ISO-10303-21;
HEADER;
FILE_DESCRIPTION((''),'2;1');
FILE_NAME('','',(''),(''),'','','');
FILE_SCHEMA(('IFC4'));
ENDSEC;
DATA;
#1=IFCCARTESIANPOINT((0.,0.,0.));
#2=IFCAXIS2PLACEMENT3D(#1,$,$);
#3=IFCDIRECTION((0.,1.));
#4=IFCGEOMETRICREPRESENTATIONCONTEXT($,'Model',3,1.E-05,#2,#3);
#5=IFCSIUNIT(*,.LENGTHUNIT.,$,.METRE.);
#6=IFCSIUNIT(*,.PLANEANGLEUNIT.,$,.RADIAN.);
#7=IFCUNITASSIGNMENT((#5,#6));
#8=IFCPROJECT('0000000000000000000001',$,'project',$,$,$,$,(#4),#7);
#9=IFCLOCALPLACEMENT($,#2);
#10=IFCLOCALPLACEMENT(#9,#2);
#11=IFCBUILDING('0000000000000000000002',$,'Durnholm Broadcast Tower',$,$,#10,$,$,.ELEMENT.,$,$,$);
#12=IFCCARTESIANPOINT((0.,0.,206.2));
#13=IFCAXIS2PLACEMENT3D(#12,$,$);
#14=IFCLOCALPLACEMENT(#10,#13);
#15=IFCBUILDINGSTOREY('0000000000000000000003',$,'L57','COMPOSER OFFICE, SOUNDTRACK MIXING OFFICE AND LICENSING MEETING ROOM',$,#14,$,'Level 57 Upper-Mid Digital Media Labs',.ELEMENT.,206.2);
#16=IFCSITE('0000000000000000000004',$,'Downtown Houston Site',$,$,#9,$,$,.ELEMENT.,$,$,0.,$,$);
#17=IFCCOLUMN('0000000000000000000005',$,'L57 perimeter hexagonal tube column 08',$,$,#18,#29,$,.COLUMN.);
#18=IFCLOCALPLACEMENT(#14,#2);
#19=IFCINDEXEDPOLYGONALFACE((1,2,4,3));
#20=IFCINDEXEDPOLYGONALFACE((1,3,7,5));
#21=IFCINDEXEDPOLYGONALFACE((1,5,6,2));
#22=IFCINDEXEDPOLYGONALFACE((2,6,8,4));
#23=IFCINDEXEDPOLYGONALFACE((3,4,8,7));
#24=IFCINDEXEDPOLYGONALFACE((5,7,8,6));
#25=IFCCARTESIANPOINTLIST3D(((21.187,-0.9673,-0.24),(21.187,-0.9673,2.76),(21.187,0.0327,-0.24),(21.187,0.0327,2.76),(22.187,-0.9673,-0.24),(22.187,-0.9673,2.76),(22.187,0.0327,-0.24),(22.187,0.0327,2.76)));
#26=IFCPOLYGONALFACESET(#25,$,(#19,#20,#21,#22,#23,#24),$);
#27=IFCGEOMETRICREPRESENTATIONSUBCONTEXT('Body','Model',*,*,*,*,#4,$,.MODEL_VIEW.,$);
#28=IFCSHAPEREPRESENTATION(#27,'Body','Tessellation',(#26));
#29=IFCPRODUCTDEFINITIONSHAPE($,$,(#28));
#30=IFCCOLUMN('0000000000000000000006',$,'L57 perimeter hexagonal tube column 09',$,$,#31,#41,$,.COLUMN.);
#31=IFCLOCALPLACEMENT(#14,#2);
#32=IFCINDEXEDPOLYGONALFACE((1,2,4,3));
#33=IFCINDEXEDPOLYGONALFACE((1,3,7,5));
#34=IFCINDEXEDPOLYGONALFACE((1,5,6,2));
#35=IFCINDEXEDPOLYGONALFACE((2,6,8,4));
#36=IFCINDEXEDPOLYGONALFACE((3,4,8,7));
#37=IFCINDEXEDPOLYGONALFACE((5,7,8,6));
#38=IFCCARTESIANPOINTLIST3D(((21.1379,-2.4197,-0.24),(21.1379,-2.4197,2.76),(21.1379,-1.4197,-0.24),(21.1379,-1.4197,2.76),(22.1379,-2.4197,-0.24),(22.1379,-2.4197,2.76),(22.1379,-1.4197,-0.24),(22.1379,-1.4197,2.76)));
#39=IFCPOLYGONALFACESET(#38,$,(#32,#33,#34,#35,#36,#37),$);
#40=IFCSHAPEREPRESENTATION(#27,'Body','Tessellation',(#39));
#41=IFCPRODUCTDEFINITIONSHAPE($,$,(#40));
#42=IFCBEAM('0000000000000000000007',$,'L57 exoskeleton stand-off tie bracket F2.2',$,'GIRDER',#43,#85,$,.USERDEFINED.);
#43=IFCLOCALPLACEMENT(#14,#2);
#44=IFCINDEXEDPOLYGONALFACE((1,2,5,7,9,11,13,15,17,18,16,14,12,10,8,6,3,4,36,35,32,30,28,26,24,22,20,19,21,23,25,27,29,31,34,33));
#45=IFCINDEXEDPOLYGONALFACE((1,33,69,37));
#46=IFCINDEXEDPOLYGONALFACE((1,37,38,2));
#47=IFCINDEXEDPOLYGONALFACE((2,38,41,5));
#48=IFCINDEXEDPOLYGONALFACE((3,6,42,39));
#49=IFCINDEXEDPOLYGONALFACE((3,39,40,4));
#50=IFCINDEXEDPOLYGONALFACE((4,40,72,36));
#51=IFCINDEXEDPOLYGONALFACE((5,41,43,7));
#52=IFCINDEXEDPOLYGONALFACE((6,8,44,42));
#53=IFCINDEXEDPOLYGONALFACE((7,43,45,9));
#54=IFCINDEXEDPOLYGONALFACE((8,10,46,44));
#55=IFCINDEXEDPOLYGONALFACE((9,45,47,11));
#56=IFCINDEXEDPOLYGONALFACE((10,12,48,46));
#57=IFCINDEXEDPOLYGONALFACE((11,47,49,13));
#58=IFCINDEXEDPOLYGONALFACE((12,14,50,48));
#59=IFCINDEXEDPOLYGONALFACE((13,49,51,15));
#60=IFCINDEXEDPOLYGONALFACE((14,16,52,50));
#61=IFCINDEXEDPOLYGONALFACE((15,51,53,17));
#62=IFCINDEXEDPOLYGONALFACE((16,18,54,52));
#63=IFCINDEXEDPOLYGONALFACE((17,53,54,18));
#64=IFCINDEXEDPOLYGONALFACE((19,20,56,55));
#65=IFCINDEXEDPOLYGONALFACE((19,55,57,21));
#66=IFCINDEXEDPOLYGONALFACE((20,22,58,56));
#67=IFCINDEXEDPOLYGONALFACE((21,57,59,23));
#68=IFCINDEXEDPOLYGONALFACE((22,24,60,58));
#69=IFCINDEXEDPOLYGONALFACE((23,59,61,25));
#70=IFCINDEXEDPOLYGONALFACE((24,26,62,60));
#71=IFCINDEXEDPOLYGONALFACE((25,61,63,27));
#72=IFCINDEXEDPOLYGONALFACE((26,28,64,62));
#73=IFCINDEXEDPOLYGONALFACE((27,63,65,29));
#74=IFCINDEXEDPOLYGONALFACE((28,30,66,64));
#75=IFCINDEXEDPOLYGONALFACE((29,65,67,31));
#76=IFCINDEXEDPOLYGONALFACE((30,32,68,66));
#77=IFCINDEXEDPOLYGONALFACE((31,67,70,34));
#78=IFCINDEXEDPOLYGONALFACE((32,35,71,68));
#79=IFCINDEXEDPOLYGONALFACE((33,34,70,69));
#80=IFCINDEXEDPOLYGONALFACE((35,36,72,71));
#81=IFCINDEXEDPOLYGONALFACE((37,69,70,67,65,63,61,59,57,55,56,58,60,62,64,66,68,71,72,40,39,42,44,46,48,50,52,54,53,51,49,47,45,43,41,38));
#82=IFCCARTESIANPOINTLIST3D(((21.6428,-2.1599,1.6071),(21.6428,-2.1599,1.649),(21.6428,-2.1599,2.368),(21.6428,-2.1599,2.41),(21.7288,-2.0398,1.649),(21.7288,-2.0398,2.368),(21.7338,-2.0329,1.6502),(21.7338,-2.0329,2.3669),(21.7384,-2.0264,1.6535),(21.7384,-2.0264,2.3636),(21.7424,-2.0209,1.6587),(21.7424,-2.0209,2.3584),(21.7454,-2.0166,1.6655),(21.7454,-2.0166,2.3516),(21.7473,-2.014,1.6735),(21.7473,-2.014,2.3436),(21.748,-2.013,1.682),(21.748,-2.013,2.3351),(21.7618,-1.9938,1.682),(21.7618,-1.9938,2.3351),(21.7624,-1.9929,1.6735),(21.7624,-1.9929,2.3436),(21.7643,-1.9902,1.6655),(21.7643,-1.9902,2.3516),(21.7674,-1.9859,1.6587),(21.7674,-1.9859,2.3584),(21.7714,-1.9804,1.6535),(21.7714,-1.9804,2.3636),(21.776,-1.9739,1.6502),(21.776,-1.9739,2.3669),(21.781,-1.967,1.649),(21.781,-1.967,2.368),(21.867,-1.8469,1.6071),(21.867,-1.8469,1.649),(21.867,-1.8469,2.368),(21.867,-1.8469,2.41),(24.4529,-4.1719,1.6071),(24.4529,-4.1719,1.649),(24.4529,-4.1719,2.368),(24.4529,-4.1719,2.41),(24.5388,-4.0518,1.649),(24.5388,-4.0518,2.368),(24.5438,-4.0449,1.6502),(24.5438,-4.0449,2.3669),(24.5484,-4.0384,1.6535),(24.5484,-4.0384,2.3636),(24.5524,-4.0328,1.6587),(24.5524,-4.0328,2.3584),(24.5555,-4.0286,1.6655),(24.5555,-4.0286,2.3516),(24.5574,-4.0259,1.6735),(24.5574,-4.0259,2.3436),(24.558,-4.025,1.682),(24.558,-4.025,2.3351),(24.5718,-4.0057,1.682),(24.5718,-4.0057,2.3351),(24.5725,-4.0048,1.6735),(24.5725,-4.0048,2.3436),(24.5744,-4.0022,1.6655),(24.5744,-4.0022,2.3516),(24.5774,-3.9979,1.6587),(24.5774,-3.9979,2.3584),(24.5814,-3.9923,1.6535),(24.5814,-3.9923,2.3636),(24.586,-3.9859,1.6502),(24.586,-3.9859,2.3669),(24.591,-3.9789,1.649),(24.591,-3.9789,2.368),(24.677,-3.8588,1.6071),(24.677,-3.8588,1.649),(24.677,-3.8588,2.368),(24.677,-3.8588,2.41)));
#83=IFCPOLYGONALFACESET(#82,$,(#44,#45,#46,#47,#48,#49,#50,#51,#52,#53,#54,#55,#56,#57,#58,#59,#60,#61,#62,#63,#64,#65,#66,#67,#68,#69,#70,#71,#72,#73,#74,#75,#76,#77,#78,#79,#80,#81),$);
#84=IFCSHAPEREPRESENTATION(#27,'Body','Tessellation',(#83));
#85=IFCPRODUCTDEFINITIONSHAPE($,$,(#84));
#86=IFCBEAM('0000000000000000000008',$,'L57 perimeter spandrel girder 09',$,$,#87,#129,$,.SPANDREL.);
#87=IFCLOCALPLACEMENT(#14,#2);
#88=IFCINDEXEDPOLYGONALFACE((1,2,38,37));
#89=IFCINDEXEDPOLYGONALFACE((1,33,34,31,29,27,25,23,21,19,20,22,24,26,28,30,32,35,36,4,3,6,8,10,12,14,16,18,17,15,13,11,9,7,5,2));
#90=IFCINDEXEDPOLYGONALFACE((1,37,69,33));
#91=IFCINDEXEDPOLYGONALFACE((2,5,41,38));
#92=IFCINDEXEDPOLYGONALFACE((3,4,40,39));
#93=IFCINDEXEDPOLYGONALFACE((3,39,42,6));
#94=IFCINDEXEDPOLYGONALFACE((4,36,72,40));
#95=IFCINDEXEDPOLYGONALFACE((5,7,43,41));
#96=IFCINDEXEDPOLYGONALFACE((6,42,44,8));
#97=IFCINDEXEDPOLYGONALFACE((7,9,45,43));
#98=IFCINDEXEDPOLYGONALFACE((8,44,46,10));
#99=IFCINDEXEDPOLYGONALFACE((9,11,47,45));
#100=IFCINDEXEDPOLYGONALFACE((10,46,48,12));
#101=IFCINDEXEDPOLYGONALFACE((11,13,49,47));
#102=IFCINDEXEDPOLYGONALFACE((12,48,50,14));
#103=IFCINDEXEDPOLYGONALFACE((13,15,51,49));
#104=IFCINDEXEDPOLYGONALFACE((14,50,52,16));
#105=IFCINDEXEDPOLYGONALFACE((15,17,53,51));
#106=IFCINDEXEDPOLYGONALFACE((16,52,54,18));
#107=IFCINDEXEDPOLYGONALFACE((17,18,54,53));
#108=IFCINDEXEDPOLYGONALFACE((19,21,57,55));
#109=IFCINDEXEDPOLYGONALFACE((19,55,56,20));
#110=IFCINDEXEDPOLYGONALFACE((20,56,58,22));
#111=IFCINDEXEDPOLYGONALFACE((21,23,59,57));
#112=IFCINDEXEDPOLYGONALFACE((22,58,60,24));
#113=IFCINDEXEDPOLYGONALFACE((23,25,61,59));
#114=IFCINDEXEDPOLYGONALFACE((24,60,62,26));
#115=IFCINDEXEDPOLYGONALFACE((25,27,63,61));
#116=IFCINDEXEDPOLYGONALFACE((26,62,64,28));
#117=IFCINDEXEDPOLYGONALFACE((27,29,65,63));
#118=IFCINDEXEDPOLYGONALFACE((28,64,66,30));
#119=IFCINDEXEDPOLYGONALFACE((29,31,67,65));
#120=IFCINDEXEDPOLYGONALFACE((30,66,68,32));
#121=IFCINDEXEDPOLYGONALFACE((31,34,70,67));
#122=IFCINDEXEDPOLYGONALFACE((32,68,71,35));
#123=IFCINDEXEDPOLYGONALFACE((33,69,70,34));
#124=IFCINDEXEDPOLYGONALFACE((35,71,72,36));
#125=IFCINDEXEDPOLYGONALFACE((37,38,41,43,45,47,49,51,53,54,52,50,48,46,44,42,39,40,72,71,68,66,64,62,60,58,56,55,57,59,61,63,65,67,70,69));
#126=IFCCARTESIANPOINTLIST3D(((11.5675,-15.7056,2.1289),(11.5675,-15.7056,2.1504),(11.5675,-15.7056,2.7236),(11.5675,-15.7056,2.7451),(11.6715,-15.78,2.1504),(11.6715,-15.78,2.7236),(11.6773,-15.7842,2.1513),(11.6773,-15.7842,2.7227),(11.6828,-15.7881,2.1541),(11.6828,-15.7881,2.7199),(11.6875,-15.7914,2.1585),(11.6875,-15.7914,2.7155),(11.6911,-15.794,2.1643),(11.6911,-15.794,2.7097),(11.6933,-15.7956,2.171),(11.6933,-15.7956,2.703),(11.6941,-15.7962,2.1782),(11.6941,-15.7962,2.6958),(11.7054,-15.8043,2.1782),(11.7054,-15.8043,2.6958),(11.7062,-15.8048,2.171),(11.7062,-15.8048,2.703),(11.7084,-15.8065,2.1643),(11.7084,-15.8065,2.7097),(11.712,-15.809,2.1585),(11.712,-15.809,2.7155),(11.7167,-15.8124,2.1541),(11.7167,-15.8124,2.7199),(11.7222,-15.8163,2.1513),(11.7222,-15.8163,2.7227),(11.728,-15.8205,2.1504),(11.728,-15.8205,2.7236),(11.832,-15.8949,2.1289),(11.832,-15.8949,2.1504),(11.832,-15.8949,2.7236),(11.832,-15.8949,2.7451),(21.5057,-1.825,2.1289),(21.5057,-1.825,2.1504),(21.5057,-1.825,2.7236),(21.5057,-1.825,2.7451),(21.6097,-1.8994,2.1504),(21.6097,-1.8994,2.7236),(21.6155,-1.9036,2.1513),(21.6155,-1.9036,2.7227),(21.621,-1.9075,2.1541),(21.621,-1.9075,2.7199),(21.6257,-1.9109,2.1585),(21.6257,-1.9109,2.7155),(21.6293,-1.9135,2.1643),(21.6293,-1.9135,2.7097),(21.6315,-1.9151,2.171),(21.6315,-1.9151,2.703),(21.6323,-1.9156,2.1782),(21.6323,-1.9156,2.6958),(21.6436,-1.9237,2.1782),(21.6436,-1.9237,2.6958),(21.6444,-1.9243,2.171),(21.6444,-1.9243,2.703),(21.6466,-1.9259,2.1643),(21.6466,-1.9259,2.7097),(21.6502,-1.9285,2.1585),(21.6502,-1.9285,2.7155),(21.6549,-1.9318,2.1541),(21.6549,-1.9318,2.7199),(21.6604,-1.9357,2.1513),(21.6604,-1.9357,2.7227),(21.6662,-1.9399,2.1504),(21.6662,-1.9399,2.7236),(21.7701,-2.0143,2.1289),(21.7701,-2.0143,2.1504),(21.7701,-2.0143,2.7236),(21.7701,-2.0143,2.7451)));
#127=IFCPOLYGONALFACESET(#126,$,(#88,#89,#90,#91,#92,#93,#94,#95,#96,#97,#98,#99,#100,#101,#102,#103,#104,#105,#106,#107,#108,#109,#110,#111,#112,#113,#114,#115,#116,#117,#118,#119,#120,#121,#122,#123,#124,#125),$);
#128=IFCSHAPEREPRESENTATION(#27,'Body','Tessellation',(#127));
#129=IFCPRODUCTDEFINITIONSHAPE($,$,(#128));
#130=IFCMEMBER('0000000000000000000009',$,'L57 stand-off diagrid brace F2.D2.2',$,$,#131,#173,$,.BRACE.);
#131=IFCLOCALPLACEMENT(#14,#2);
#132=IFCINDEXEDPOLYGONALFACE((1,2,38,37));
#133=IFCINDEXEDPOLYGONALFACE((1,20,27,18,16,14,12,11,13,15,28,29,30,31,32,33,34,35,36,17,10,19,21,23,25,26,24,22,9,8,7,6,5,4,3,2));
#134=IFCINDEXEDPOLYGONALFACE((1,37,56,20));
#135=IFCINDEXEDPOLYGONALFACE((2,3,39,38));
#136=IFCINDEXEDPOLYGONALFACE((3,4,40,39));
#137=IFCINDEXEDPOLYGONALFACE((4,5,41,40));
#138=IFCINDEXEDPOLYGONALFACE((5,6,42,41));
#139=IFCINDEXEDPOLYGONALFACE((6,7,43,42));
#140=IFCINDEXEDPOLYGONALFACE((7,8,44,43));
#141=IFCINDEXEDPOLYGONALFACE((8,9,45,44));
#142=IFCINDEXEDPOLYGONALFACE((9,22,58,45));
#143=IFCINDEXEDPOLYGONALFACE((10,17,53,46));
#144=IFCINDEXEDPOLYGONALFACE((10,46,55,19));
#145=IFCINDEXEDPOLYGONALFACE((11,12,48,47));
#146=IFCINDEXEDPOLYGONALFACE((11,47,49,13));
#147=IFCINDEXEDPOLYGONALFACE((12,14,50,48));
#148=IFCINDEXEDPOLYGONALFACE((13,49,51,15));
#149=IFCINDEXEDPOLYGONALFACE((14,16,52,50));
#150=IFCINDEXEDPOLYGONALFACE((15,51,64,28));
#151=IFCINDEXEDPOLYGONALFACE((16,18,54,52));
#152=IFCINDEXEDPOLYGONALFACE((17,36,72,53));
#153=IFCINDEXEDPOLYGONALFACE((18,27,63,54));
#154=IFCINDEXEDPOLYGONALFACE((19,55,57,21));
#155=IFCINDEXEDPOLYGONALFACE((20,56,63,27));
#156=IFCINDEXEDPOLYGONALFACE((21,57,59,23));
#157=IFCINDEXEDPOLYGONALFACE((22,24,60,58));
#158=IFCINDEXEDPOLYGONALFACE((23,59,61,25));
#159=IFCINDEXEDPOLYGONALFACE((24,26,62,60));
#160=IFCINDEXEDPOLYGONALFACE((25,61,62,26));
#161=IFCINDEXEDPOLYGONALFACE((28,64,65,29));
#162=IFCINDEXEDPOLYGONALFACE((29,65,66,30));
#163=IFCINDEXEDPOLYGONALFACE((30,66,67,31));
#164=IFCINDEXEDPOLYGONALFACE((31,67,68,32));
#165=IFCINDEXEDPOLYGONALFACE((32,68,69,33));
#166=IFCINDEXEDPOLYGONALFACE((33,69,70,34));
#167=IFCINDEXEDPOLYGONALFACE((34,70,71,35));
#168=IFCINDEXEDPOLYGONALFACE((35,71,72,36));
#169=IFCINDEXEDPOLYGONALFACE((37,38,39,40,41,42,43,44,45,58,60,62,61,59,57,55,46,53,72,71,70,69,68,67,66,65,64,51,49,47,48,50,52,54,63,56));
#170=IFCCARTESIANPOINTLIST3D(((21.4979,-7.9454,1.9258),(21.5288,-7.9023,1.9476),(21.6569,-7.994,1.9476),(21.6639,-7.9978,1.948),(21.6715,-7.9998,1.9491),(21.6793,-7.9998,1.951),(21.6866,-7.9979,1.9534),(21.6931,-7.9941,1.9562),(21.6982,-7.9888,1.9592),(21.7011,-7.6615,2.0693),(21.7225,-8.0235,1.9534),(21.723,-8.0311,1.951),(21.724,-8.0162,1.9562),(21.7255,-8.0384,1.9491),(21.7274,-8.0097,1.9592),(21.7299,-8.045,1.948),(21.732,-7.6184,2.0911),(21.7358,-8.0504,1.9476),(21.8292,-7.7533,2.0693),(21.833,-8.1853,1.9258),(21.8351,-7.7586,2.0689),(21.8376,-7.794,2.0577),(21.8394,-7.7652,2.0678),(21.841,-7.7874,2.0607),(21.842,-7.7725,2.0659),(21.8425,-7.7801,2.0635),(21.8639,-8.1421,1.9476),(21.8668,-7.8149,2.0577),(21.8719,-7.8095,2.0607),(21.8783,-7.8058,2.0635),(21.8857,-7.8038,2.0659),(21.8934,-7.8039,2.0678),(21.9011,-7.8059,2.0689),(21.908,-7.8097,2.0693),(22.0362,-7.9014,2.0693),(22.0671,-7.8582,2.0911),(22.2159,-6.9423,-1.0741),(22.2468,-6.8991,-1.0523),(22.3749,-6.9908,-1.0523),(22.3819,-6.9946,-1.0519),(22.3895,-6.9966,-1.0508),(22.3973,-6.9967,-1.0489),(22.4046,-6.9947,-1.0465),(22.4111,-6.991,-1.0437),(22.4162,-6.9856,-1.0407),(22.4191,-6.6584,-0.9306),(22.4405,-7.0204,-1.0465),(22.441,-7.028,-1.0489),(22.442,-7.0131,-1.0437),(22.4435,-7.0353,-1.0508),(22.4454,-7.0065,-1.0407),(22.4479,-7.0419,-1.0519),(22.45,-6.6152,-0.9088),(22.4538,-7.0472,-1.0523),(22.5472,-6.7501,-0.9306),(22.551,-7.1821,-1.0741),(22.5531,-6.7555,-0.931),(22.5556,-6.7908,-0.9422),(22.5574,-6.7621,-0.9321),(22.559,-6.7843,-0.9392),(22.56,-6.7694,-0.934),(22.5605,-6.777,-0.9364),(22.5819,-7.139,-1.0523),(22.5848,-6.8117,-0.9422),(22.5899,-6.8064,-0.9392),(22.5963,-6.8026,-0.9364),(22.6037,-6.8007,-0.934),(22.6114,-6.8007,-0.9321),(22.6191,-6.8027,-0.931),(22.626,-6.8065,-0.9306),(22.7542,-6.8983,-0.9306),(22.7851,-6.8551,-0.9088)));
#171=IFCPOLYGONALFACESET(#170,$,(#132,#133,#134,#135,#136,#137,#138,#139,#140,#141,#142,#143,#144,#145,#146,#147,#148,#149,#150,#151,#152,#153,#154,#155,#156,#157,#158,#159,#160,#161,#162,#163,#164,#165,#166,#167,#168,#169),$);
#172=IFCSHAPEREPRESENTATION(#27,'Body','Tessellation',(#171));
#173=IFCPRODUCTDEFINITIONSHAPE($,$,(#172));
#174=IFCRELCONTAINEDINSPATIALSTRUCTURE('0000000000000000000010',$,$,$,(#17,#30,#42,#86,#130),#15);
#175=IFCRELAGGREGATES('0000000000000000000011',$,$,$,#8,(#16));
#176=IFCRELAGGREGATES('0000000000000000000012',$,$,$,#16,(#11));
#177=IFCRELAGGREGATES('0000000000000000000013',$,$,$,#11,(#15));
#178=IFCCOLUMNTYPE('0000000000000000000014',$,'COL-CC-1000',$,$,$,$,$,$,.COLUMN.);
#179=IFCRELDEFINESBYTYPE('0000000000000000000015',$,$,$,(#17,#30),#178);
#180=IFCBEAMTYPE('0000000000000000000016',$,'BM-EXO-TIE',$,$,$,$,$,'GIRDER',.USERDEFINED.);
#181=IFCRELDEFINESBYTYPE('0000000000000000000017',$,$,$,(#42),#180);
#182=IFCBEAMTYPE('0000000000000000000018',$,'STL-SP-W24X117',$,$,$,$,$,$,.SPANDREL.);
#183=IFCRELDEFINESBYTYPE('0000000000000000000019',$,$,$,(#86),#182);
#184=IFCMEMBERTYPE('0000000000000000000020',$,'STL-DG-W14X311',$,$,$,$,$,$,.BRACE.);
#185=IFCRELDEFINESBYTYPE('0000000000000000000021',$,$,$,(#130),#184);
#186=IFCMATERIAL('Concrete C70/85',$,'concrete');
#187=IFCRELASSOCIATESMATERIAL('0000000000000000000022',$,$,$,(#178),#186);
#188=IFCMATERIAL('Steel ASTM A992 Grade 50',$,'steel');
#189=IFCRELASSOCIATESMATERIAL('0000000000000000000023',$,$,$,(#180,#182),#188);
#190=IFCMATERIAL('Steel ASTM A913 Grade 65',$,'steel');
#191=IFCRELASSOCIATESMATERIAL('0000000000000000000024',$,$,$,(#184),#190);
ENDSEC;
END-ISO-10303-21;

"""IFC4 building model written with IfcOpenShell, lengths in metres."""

from ifc_helpers import new_model, si_unit, direction, frame, origin, origin_2d, place, context, subcontext, project, spatial, rectangle, i_section, extrude, source, transform, mapped, material, material_profile, profile_set, type_object, type_shapes, element, save


model = new_model("IFC4")

# Units and contexts
model_context = context("Model", 3, precision=1e-05, world=origin(), true_north=direction((0.0, 1.0)))
body_context = subcontext(model_context, "Body", "Model", "MODEL_VIEW")
ifc_project = project(units=[si_unit("LENGTHUNIT", "METRE"), si_unit("PLANEANGLEUNIT", "RADIAN")], contexts=[model_context])

# Site, building, storey
site_placement = place(None, origin())
site = spatial("IfcSite", under=ifc_project, at=site_placement, Name="Downtown Houston Site", CompositionType="ELEMENT", RefElevation=0.0)
building_placement = place(site_placement, origin())
building = spatial("IfcBuilding", under=site, at=building_placement, Name="Durnholm Broadcast Tower", CompositionType="ELEMENT")
storey_placement = place(building_placement, frame((0.0, 0.0, 206.2)))
storey = spatial("IfcBuildingStorey", under=building, at=storey_placement, Name="L57", Description="COMPOSER OFFICE, SOUNDTRACK MIXING OFFICE AND LICENSING MEETING ROOM", LongName="Level 57 Upper-Mid Digital Media Labs", CompositionType="ELEMENT", Elevation=206.2)

# Columns
ifc_material_1 = material(Name="Concrete C70/85", Category="concrete")
ifc_material_profile_1 = material_profile(ifc_material_1, rectangle(XDim=1.0, YDim=1.0, at=origin_2d()), Name="RC1000X1000")
ifc_profile_set_1 = profile_set([ifc_material_profile_1], Name="Concrete C70/85")
column_type = type_object("IfcColumnType", Name="COL-CC-1000", PredefinedType="COLUMN", material=ifc_profile_set_1)
shared_shape_1 = source(origin(), body_context, "Body", "SweptSolid", [
    extrude(rectangle(XDim=1.0, YDim=1.0, at=origin_2d()), origin(), (0.0, 0.0, 1.0), 3.0),
])
type_shapes(column_type, [shared_shape_1])
for number, where, z_axis, x_axis, name in (
    (1, (21.687, -0.4673, -0.24), (0.0, 0.0, 1.0), (1.0, 0.0, 0.0), "L57 perimeter hexagonal tube column 08"),
    (2, (21.6379, -1.9197, -0.24), (0.0, 0.0, 1.0), (1.0, 0.0, 0.0), "L57 perimeter hexagonal tube column 09"),
):
    element("IfcColumn", number, at=place(storey_placement, frame(where, z_axis=z_axis, x_axis=x_axis)), inside=storey, type_object=column_type, Name=name, PredefinedType="COLUMN", context=body_context, shape_type="MappedRepresentation", body=[
        mapped(shared_shape_1, transform((0.0, 0.0, 0.0), x_axis=(1.0, 0.0, 0.0), y_axis=(0.0, 1.0, 0.0), z_axis=(0.0, 0.0, 1.0), scale=1.0)),
    ])

# Beams
ifc_material_2 = material(Name="Steel ASTM A992 Grade 50", Category="steel")
ifc_material_profile_2 = material_profile(ifc_material_2, i_section(OverallWidth=0.385, OverallDepth=0.803, WebThickness=0.0237, FlangeThickness=0.042, FilletRadius=0.033, at=origin_2d()), Name="W30X261")
ifc_profile_set_2 = profile_set([ifc_material_profile_2], Name="Steel ASTM A992 Grade 50")
beam_type_1 = type_object("IfcBeamType", Name="BM-EXO-TIE", ElementType="GIRDER", PredefinedType="USERDEFINED", material=ifc_profile_set_2)
shared_shape_2 = source(origin(), body_context, "Body", "SweptSolid", [
    extrude(i_section(OverallWidth=0.385, OverallDepth=0.803, WebThickness=0.0237, FlangeThickness=0.042, FilletRadius=0.033, at=origin_2d()), origin(), (0.0, 0.0, 1.0), 3.4561),
])
type_shapes(beam_type_1, [shared_shape_2])
beam_1_placement = place(storey_placement, frame((21.7549, -2.0034, 2.0085), z_axis=(0.813079, -0.582153, 0.0), x_axis=(0.582153, 0.813079, 0.0)))
element("IfcBeam", 3, at=beam_1_placement, inside=storey, type_object=beam_type_1, Name="L57 exoskeleton stand-off tie bracket F2.2", ObjectType="GIRDER", PredefinedType="USERDEFINED", context=body_context, shape_type="MappedRepresentation", body=[
    mapped(shared_shape_2, transform((0.0, 0.0, 0.0), x_axis=(1.0, 0.0, 0.0), y_axis=(0.0, 1.0, 0.0), z_axis=(0.0, 0.0, 1.0), scale=1.0)),
])
ifc_material_profile_3 = material_profile(ifc_material_2, i_section(OverallWidth=0.3252, OverallDepth=0.6162, WebThickness=0.0139, FlangeThickness=0.0215, FilletRadius=0.0278, at=origin_2d()), Name="W24X117")
ifc_profile_set_3 = profile_set([ifc_material_profile_3], Name="Steel ASTM A992 Grade 50")
beam_type_2 = type_object("IfcBeamType", Name="STL-SP-W24X117", PredefinedType="SPANDREL", material=ifc_profile_set_3)
shared_shape_3 = source(origin(), body_context, "Body", "SweptSolid", [
    extrude(i_section(OverallWidth=0.3252, OverallDepth=0.6162, WebThickness=0.0139, FlangeThickness=0.0215, FilletRadius=0.0278, at=origin_2d()), origin(), (0.0, 0.0, 1.0), 17.0715),
])
type_shapes(beam_type_2, [shared_shape_3])
beam_2_placement = place(storey_placement, frame((21.6379, -1.9197, 2.437), z_axis=(-0.58215, -0.813082, 0.0), x_axis=(0.813082, -0.58215, 0.0)))
element("IfcBeam", 4, at=beam_2_placement, inside=storey, type_object=beam_type_2, Name="L57 perimeter spandrel girder 09", PredefinedType="SPANDREL", context=body_context, shape_type="MappedRepresentation", body=[
    mapped(shared_shape_3, transform((0.0, 0.0, 0.0), x_axis=(1.0, 0.0, 0.0), y_axis=(0.0, 1.0, 0.0), z_axis=(0.0, 0.0, 1.0), scale=1.0)),
])

# Member
ifc_material_3 = material(Name="Steel ASTM A913 Grade 65", Category="steel")
ifc_material_profile_4 = material_profile(ifc_material_3, i_section(OverallWidth=0.4121, OverallDepth=0.4348, WebThickness=0.0359, FlangeThickness=0.0574, FilletRadius=0.0305, at=origin_2d()), Name="W14X311")
ifc_profile_set_4 = profile_set([ifc_material_profile_4], Name="Steel ASTM A913 Grade 65")
member_type_1 = type_object("IfcMemberType", Name="STL-DG-W14X311", PredefinedType="BRACE", material=ifc_profile_set_4)
shared_shape_4 = source(origin(), body_context, "Body", "SweptSolid", [
    extrude(i_section(OverallWidth=0.4121, OverallDepth=0.4348, WebThickness=0.0359, FlangeThickness=0.0574, FilletRadius=0.0305, at=origin_2d()), origin(), (0.0, 0.0, 1.0), 3.2437),
])
member_1_placement = place(storey_placement, frame((22.5005, -6.8987, -0.9915), z_axis=(-0.221354, -0.309264, 0.924856), x_axis=(0.813171, -0.582024, 0.0)))
element("IfcMember", 5, at=member_1_placement, inside=storey, type_object=member_type_1, Name="L57 stand-off diagrid brace F2.D2.2", PredefinedType="BRACE", context=body_context, shape_type="MappedRepresentation", body=[
    mapped(shared_shape_4, transform((0.0, 0.0, 0.0), x_axis=(1.0, 0.0, 0.0), y_axis=(0.0, 1.0, 0.0), z_axis=(0.0, 0.0, 1.0), scale=1.0)),
])

save(model, "model.ifc")
